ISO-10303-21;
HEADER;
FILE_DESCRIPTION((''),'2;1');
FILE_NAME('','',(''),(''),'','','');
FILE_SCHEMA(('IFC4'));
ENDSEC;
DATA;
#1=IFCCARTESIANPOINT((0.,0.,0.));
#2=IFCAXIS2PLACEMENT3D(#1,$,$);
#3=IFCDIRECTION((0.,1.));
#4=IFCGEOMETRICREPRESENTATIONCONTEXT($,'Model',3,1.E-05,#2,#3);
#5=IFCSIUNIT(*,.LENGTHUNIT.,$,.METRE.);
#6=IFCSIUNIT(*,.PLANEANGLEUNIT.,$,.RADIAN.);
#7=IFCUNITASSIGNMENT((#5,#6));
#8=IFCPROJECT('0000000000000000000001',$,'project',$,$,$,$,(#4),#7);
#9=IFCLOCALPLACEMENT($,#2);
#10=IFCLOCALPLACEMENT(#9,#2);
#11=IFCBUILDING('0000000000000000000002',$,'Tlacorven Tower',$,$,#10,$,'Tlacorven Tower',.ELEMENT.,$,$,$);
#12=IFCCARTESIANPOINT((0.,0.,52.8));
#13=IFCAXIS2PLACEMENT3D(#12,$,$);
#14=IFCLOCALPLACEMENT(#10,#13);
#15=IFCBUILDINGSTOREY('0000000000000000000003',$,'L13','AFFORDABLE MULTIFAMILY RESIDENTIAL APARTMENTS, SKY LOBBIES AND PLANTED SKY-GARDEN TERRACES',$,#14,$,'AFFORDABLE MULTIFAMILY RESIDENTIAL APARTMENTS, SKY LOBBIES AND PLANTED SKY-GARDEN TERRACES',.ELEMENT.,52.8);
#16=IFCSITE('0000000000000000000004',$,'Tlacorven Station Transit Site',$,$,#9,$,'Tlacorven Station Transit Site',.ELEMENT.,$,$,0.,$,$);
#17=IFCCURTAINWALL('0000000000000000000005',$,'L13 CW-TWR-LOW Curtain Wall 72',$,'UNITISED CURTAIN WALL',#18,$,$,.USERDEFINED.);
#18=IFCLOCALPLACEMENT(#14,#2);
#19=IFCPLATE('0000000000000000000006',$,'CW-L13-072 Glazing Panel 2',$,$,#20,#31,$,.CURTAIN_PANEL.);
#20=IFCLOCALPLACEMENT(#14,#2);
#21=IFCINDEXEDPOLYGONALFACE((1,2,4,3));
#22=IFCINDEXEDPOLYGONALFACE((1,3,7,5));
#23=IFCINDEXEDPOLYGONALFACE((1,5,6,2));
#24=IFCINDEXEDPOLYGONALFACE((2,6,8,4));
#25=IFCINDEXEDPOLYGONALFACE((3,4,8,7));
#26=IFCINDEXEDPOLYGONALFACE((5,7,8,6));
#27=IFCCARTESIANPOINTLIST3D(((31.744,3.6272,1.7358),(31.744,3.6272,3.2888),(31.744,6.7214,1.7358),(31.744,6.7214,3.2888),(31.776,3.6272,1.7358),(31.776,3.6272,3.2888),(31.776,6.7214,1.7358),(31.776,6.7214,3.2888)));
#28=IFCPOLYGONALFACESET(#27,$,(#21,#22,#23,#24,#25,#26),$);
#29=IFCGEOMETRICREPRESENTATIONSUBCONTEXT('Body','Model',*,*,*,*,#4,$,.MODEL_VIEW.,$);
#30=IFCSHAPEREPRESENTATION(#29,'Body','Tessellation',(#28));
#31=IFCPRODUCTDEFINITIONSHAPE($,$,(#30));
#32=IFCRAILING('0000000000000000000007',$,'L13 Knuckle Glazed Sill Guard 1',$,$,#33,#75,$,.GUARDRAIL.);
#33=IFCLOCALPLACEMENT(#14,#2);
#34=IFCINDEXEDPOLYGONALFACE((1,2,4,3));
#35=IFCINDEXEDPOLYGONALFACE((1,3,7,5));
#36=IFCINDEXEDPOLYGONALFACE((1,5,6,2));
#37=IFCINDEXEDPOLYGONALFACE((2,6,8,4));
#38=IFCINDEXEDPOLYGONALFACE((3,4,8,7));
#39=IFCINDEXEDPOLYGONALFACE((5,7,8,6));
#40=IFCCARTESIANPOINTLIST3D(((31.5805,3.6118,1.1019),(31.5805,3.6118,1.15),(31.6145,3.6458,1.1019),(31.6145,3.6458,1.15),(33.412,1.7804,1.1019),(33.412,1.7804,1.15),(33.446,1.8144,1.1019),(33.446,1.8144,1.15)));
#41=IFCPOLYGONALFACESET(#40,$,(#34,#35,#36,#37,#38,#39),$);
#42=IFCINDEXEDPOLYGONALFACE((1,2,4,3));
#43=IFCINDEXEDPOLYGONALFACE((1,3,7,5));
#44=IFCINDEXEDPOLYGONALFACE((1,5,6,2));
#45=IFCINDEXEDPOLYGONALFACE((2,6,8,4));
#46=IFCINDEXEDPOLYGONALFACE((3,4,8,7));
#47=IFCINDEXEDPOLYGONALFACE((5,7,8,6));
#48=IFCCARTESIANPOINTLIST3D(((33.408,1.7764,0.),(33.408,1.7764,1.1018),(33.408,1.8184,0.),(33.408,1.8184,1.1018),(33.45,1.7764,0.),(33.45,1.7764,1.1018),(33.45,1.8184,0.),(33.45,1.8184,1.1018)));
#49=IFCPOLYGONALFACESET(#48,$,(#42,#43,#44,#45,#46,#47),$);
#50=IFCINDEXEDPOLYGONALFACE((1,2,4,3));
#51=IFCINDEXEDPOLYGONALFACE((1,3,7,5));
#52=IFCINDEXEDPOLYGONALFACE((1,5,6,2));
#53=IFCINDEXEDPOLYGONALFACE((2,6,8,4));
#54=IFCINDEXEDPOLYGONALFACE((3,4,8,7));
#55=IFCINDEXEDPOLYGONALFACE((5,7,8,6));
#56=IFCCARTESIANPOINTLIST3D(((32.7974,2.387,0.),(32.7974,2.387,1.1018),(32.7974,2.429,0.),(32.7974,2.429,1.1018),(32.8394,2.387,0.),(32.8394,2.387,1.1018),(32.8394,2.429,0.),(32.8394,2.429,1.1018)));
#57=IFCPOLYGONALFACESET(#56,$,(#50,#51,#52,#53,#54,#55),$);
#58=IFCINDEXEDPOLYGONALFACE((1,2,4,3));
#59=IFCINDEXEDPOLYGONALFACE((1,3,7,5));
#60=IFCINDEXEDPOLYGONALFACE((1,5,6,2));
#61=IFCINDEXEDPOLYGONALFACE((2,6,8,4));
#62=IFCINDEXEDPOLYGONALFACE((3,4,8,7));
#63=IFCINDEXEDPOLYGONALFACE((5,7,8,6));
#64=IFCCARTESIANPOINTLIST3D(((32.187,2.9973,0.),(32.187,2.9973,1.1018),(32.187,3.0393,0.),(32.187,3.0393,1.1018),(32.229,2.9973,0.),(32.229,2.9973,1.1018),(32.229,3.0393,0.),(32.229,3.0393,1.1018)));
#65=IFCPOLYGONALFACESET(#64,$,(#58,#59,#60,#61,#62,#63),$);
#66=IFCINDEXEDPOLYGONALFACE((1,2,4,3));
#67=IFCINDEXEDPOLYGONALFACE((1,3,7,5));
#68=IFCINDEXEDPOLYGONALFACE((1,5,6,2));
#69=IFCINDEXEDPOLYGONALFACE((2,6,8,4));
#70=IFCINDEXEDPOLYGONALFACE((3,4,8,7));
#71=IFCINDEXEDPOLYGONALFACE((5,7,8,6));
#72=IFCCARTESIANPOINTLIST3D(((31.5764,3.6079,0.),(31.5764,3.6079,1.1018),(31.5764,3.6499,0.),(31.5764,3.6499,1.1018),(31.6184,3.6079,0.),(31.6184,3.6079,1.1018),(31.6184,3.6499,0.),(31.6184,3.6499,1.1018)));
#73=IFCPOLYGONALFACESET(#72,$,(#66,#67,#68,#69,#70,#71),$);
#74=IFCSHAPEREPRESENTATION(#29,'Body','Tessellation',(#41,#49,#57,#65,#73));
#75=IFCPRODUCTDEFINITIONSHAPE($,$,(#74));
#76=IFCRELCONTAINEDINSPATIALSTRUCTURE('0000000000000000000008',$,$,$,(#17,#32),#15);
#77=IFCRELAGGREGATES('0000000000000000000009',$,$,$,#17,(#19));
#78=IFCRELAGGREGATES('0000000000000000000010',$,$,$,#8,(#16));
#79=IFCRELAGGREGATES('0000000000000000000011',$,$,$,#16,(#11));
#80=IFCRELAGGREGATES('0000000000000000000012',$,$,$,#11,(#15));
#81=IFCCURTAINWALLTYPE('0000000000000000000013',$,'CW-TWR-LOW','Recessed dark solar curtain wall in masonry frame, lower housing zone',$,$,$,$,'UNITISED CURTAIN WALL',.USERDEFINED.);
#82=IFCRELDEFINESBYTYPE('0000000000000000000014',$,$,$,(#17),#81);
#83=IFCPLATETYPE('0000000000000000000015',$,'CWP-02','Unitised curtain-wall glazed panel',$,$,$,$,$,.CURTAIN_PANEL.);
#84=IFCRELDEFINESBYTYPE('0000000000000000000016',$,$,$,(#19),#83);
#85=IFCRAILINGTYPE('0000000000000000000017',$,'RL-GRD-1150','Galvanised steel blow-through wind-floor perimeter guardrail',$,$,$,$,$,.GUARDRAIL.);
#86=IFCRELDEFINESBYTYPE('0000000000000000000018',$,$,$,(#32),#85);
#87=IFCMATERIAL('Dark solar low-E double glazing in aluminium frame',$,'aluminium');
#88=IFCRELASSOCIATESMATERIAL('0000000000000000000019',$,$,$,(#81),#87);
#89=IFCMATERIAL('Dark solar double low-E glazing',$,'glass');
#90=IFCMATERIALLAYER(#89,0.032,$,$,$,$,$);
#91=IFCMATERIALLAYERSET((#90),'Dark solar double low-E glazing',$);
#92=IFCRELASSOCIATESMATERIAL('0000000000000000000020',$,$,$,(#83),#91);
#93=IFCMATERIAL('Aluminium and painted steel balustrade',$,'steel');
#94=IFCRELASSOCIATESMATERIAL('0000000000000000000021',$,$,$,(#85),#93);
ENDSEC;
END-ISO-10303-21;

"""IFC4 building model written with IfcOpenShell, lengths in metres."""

from ifc_helpers import new_model, si_unit, direction, frame, origin, origin_2d, place, context, subcontext, project, spatial, rectangle, extrude, source, transform, mapped, material, layer, layer_set, type_object, element, aggregate, save


model = new_model("IFC4")

# Units and contexts
model_context = context("Model", 3, precision=1e-05, world=origin(), true_north=direction((0.0, 1.0)))
body_context = subcontext(model_context, "Body", "Model", "MODEL_VIEW")
ifc_project = project(units=[si_unit("LENGTHUNIT", "METRE"), si_unit("PLANEANGLEUNIT", "RADIAN")], contexts=[model_context])

# Site, building, storey
site_placement = place(None, origin())
site = spatial("IfcSite", under=ifc_project, at=site_placement, Name="Tlacorven Station Transit Site", LongName="Tlacorven Station Transit Site", CompositionType="ELEMENT", RefElevation=0.0)
building_placement = place(site_placement, origin())
building = spatial("IfcBuilding", under=site, at=building_placement, Name="Tlacorven Tower", LongName="Tlacorven Tower", CompositionType="ELEMENT")
storey_placement = place(building_placement, frame((0.0, 0.0, 52.8)))
storey = spatial("IfcBuildingStorey", under=building, at=storey_placement, Name="L13", Description="AFFORDABLE MULTIFAMILY RESIDENTIAL APARTMENTS, SKY LOBBIES AND PLANTED SKY-GARDEN TERRACES", LongName="AFFORDABLE MULTIFAMILY RESIDENTIAL APARTMENTS, SKY LOBBIES AND PLANTED SKY-GARDEN TERRACES", CompositionType="ELEMENT", Elevation=52.8)

# Curtain wall
ifc_material_1 = material(Name="Dark solar low-E double glazing in aluminium frame", Category="aluminium")
curtain_wall_type = type_object("IfcCurtainWallType", Name="CW-TWR-LOW", Description="Recessed dark solar curtain wall in masonry frame, lower housing zone", ElementType="UNITISED CURTAIN WALL", PredefinedType="USERDEFINED", material=ifc_material_1)
curtain_wall_1_placement = place(storey_placement, origin())
curtain_wall_1 = element("IfcCurtainWall", 1, at=curtain_wall_1_placement, inside=storey, type_object=curtain_wall_type, Name="L13 CW-TWR-LOW Curtain Wall 72", ObjectType="UNITISED CURTAIN WALL", PredefinedType="USERDEFINED")

# Plate
ifc_material_2 = material(Name="Dark solar double low-E glazing", Category="glass")
ifc_layer = layer(ifc_material_2, 0.032)
ifc_layer_set = layer_set([ifc_layer], Name="Dark solar double low-E glazing")
plate_type = type_object("IfcPlateType", Name="CWP-02", Description="Unitised curtain-wall glazed panel", PredefinedType="CURTAIN_PANEL", material=ifc_layer_set)
shared_shape_1 = source(origin(), body_context, "Body", "SweptSolid", [
    extrude(rectangle(XDim=3.0942, YDim=0.032, at=origin_2d()), origin(), (0.0, 0.0, 1.0), 1.553),
])
plate_1_placement = place(storey_placement, frame((31.76, 5.1743, 1.7358), z_axis=(0.0, 0.0, 1.0), x_axis=(0.0, 1.0, 0.0)))
plate_1 = element("IfcPlate", 2, at=plate_1_placement, type_object=plate_type, Name="CW-L13-072 Glazing Panel 2", PredefinedType="CURTAIN_PANEL", context=body_context, shape_type="MappedRepresentation", body=[
    mapped(shared_shape_1, transform((0.0, 0.0, 0.0), scale=1.0)),
])
aggregate(curtain_wall_1, [plate_1])

# Railing
ifc_material_3 = material(Name="Aluminium and painted steel balustrade", Category="steel")
railing_type = type_object("IfcRailingType", Name="RL-GRD-1150", Description="Galvanised steel blow-through wind-floor perimeter guardrail", PredefinedType="GUARDRAIL", material=ifc_material_3)
shared_shape_2 = source(origin(), body_context, "Body", "SweptSolid", [
    extrude(rectangle(XDim=0.0481, YDim=0.0481, at=origin_2d()), frame((0.0, 0.0, 1.126), z_axis=(-0.707107, 0.707107, 0.0), x_axis=(-0.707107, -0.707107, 0.0)), (0.0, 0.0, 1.0), 2.5901),
    extrude(rectangle(XDim=0.042, YDim=0.042, at=origin_2d()), origin(), (0.0, 0.0, 1.0), 1.1018),
    extrude(rectangle(XDim=0.042, YDim=0.042, at=origin_2d()), frame((-0.6106, 0.6106, 0.0)), (0.0, 0.0, 1.0), 1.1018),
    extrude(rectangle(XDim=0.042, YDim=0.042, at=origin_2d()), frame((-1.2209, 1.2209, 0.0)), (0.0, 0.0, 1.0), 1.1018),
    extrude(rectangle(XDim=0.042, YDim=0.042, at=origin_2d()), frame((-1.8315, 1.8315, 0.0)), (0.0, 0.0, 1.0), 1.1018),
])
railing_placement = place(storey_placement, frame((33.429, 1.7974, 0.0)))
element("IfcRailing", 3, at=railing_placement, inside=storey, type_object=railing_type, Name="L13 Knuckle Glazed Sill Guard 1", PredefinedType="GUARDRAIL", context=body_context, shape_type="MappedRepresentation", body=[
    mapped(shared_shape_2, transform((0.0, 0.0, 0.0), scale=1.0)),
])

save(model, "model.ifc")
